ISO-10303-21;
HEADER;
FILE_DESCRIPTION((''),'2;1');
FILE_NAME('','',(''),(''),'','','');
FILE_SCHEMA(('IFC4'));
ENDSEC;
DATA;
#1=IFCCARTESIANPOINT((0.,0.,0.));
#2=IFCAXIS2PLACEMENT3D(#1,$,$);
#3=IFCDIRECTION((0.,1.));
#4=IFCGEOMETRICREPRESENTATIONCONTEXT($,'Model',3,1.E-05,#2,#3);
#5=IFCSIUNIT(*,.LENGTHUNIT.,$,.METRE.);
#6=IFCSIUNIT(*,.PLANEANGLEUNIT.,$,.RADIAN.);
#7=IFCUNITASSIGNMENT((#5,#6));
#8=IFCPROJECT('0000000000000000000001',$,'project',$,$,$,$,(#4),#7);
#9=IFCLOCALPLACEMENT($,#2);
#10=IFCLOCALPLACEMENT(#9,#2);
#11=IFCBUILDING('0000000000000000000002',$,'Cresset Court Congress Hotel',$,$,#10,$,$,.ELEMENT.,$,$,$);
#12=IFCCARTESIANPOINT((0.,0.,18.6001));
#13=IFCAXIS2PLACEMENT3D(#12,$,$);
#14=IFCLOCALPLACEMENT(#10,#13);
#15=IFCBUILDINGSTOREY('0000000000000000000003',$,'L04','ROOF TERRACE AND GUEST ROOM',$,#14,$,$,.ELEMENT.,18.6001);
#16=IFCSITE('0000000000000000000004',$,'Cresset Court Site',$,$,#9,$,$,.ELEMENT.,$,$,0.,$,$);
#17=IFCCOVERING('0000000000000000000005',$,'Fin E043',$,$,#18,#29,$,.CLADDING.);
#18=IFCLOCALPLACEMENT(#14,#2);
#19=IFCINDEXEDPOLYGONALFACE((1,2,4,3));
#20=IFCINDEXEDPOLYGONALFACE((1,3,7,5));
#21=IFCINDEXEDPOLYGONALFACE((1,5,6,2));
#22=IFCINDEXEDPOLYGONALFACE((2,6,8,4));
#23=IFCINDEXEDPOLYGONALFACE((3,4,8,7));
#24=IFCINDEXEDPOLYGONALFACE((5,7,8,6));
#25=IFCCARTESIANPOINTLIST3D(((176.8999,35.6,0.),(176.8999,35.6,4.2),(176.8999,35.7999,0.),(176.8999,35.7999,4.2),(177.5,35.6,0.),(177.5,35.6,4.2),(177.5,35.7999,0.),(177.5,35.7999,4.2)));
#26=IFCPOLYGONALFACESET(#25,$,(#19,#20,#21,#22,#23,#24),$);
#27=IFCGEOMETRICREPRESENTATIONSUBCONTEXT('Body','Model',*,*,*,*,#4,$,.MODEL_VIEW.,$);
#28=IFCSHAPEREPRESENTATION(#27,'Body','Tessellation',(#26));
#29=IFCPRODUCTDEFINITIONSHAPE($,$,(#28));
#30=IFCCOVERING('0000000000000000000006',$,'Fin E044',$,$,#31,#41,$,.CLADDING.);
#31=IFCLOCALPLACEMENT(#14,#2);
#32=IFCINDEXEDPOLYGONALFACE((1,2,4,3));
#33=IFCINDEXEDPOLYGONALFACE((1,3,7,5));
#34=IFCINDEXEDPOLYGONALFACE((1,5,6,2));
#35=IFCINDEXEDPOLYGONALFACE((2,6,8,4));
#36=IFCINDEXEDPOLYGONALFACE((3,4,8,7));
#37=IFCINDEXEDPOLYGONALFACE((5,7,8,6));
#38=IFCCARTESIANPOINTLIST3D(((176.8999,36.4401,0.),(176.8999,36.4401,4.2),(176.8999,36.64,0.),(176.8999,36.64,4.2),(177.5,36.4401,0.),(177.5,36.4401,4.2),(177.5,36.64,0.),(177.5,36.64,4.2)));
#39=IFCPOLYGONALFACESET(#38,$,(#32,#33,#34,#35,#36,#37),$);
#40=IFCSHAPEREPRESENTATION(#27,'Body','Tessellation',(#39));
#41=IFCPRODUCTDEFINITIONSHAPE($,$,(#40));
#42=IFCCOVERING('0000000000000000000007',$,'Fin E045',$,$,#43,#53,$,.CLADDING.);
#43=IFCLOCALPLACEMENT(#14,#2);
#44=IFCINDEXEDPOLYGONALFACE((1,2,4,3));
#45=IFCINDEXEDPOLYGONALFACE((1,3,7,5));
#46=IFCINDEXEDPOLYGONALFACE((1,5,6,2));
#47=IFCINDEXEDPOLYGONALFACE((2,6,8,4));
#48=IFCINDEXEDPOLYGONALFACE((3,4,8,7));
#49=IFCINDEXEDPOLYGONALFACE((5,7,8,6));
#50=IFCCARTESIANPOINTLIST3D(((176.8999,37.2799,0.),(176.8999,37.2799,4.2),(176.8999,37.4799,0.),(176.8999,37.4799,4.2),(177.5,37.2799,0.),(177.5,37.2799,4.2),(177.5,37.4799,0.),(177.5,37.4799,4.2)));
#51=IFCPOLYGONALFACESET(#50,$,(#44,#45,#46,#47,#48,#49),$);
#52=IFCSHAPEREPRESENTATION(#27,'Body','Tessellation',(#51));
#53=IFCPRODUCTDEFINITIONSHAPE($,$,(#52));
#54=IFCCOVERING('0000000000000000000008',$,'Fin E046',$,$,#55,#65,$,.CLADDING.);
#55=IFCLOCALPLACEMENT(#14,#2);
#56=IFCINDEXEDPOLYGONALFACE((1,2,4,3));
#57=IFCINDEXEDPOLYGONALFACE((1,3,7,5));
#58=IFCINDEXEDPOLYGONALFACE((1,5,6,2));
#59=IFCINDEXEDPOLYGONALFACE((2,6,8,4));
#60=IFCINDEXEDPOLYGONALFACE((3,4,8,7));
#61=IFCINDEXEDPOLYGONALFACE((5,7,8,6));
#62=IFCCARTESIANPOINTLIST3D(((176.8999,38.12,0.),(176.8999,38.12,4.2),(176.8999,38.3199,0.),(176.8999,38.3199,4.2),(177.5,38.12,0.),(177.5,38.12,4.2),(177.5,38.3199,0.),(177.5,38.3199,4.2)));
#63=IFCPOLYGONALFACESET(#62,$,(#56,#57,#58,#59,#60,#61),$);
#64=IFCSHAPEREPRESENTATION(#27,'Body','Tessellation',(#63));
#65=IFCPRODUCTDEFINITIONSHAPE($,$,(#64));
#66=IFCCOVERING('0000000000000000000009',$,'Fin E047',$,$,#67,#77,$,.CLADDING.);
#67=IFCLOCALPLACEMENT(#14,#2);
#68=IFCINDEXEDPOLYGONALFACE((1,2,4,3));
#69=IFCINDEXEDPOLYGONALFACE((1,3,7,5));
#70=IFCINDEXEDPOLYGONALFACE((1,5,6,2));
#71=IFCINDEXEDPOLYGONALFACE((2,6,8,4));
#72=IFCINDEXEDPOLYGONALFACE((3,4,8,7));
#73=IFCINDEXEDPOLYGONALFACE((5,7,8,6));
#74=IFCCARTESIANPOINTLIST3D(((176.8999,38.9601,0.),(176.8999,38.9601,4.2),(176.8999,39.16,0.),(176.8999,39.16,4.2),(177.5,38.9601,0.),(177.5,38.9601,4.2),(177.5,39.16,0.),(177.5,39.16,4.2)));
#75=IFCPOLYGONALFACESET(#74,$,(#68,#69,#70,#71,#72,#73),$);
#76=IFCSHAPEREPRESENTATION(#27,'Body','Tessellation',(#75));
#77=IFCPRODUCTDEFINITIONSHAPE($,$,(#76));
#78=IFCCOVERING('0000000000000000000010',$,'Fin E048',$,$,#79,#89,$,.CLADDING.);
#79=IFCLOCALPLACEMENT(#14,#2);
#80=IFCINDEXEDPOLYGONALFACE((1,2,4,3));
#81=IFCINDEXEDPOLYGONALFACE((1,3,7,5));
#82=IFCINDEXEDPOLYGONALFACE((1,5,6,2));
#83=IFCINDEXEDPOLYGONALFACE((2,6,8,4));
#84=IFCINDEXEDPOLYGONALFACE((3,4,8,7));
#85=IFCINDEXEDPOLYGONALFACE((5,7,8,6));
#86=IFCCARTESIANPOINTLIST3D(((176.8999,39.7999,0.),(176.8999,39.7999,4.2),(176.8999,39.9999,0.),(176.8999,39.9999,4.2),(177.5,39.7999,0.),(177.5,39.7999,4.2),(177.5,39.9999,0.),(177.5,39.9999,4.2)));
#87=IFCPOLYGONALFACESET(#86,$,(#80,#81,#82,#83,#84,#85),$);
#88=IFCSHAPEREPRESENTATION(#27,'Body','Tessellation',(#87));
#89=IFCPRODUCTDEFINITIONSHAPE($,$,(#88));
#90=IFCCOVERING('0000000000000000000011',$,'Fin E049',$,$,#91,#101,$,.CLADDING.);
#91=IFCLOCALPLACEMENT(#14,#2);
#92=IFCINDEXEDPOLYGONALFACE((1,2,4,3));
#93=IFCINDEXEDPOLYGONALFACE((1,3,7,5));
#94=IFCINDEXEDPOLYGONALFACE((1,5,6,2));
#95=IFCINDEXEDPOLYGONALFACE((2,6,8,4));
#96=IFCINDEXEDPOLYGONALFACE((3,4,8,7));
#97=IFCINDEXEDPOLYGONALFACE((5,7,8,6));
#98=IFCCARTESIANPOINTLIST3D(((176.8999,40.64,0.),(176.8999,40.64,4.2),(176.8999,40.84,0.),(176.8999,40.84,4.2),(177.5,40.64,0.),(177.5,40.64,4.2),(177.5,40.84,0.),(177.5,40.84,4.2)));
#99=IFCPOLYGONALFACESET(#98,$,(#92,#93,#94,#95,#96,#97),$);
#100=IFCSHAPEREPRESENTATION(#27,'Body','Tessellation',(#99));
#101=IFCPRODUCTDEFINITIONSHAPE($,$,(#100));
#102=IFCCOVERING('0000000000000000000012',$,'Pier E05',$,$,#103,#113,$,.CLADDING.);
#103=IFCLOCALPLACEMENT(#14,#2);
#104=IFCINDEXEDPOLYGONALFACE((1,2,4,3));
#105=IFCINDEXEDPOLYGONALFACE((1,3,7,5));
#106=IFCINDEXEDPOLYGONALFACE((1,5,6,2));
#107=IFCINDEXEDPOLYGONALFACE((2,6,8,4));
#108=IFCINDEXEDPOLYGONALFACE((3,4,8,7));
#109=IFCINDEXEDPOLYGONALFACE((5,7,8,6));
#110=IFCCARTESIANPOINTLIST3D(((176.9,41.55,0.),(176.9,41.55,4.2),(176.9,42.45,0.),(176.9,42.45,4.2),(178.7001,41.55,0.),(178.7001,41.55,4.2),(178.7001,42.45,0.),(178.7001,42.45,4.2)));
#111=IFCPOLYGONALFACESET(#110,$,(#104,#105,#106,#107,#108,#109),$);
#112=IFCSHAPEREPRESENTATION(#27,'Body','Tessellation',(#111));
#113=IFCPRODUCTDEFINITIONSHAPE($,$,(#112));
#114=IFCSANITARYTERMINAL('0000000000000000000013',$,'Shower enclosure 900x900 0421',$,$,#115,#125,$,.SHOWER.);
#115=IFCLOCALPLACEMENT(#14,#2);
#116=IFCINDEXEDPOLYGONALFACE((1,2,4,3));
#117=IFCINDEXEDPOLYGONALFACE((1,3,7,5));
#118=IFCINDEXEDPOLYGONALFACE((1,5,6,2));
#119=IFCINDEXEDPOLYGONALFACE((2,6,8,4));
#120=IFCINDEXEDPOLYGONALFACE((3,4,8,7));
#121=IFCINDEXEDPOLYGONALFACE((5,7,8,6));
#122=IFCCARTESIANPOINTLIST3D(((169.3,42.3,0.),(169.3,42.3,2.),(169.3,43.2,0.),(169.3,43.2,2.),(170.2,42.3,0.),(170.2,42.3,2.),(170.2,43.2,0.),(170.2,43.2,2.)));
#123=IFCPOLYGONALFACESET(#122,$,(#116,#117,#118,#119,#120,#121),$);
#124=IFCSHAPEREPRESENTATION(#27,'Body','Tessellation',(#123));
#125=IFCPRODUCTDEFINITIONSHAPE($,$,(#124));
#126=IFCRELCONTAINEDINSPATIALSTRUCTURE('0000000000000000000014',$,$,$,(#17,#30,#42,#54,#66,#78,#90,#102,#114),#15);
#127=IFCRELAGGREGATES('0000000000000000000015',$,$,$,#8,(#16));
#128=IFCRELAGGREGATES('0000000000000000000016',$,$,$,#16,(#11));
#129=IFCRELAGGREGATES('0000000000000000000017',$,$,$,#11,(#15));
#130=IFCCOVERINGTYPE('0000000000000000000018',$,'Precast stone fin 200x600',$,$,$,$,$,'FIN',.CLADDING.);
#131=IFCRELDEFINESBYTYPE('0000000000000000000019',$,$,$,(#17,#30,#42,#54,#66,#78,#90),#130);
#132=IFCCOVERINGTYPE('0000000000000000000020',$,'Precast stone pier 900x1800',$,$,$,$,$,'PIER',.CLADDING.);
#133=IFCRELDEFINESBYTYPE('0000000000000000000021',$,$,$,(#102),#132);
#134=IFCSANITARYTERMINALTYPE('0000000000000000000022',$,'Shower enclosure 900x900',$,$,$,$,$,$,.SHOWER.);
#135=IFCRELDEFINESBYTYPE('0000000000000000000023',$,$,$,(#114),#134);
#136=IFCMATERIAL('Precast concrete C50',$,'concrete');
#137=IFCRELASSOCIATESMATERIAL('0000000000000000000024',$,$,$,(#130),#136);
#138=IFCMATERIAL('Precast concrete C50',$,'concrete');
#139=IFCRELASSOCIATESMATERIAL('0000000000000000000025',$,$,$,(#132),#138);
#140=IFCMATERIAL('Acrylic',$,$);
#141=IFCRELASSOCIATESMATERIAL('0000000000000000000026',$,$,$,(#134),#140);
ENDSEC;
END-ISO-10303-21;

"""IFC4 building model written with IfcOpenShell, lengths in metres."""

from ifc_helpers import new_model, si_unit, direction, frame, origin, origin_2d, place, context, subcontext, project, spatial, rectangle, extrude, material, type_object, element, save


model = new_model("IFC4")

# Units and contexts
model_context = context("Model", 3, precision=1e-05, world=origin(), true_north=direction((0.0, 1.0)))
body_context = subcontext(model_context, "Body", "Model", "MODEL_VIEW")
ifc_project = project(units=[si_unit("LENGTHUNIT", "METRE"), si_unit("PLANEANGLEUNIT", "RADIAN")], contexts=[model_context])

# Site, building, storey
site_placement = place(None, origin())
site = spatial("IfcSite", under=ifc_project, at=site_placement, Name="Cresset Court Site", CompositionType="ELEMENT", RefElevation=0.0)
building_placement = place(site_placement, origin())
building = spatial("IfcBuilding", under=site, at=building_placement, Name="Cresset Court Congress Hotel", CompositionType="ELEMENT")
storey_placement = place(building_placement, frame((0.0, 0.0, 18.6001)))
storey = spatial("IfcBuildingStorey", under=building, at=storey_placement, Name="L04", Description="ROOF TERRACE AND GUEST ROOM", CompositionType="ELEMENT", Elevation=18.6001)

# Coverings
ifc_material_1 = material(Name="Precast concrete C50", Category="concrete")
covering_type_1 = type_object("IfcCoveringType", Name="Precast stone fin 200x600", ElementType="FIN", PredefinedType="CLADDING", material=ifc_material_1)
for number, where, z_axis, x_axis, name in (
    (1, (177.2, 35.7, 0.0), (0.0, 0.0, 1.0), (1.0, 0.0, 0.0), "Fin E043"),
    (2, (177.2, 36.54, 0.0), (0.0, 0.0, 1.0), (1.0, 0.0, 0.0), "Fin E044"),
    (3, (177.2, 37.3799, 0.0), (0.0, 0.0, 1.0), (1.0, 0.0, 0.0), "Fin E045"),
    (4, (177.2, 38.22, 0.0), (0.0, 0.0, 1.0), (1.0, 0.0, 0.0), "Fin E046"),
    (5, (177.2, 39.0601, 0.0), (0.0, 0.0, 1.0), (1.0, 0.0, 0.0), "Fin E047"),
    (6, (177.2, 39.8999, 0.0), (0.0, 0.0, 1.0), (1.0, 0.0, 0.0), "Fin E048"),
    (7, (177.2, 40.74, 0.0), (0.0, 0.0, 1.0), (1.0, 0.0, 0.0), "Fin E049"),
):
    element("IfcCovering", number, at=place(storey_placement, frame(where, z_axis=z_axis, x_axis=x_axis)), inside=storey, type_object=covering_type_1, Name=name, PredefinedType="CLADDING", context=body_context, shape_type="SweptSolid", body=[
        extrude(rectangle(XDim=0.6001, YDim=0.2, at=origin_2d()), origin(), (0.0, 0.0, 1.0), 4.2),
    ])
ifc_material_2 = material(Name="Precast concrete C50", Category="concrete")
covering_type_2 = type_object("IfcCoveringType", Name="Precast stone pier 900x1800", ElementType="PIER", PredefinedType="CLADDING", material=ifc_material_2)
covering_placement = place(storey_placement, frame((177.8, 42.0, 0.0), z_axis=(0.0, 0.0, 1.0), x_axis=(1.0, 0.0, 0.0)))
element("IfcCovering", 8, at=covering_placement, inside=storey, type_object=covering_type_2, Name="Pier E05", PredefinedType="CLADDING", context=body_context, shape_type="SweptSolid", body=[
    extrude(rectangle(XDim=1.8, YDim=0.8999, at=origin_2d()), origin(), (0.0, 0.0, 1.0), 4.2),
])

# Sanitary terminal
ifc_material_3 = material(Name="Acrylic")
sanitary_terminal_type = type_object("IfcSanitaryTerminalType", Name="Shower enclosure 900x900", PredefinedType="SHOWER", material=ifc_material_3)
sanitary_terminal_placement = place(storey_placement, frame((169.75, 42.75, 0.0), z_axis=(0.0, 0.0, 1.0), x_axis=(1.0, 0.0, 0.0)))
element("IfcSanitaryTerminal", 9, at=sanitary_terminal_placement, inside=storey, type_object=sanitary_terminal_type, Name="Shower enclosure 900x900 0421", PredefinedType="SHOWER", context=body_context, shape_type="SweptSolid", body=[
    extrude(rectangle(XDim=0.8999, YDim=0.8999, at=origin_2d()), origin(), (0.0, 0.0, 1.0), 2.0),
])

save(model, "model.ifc")
